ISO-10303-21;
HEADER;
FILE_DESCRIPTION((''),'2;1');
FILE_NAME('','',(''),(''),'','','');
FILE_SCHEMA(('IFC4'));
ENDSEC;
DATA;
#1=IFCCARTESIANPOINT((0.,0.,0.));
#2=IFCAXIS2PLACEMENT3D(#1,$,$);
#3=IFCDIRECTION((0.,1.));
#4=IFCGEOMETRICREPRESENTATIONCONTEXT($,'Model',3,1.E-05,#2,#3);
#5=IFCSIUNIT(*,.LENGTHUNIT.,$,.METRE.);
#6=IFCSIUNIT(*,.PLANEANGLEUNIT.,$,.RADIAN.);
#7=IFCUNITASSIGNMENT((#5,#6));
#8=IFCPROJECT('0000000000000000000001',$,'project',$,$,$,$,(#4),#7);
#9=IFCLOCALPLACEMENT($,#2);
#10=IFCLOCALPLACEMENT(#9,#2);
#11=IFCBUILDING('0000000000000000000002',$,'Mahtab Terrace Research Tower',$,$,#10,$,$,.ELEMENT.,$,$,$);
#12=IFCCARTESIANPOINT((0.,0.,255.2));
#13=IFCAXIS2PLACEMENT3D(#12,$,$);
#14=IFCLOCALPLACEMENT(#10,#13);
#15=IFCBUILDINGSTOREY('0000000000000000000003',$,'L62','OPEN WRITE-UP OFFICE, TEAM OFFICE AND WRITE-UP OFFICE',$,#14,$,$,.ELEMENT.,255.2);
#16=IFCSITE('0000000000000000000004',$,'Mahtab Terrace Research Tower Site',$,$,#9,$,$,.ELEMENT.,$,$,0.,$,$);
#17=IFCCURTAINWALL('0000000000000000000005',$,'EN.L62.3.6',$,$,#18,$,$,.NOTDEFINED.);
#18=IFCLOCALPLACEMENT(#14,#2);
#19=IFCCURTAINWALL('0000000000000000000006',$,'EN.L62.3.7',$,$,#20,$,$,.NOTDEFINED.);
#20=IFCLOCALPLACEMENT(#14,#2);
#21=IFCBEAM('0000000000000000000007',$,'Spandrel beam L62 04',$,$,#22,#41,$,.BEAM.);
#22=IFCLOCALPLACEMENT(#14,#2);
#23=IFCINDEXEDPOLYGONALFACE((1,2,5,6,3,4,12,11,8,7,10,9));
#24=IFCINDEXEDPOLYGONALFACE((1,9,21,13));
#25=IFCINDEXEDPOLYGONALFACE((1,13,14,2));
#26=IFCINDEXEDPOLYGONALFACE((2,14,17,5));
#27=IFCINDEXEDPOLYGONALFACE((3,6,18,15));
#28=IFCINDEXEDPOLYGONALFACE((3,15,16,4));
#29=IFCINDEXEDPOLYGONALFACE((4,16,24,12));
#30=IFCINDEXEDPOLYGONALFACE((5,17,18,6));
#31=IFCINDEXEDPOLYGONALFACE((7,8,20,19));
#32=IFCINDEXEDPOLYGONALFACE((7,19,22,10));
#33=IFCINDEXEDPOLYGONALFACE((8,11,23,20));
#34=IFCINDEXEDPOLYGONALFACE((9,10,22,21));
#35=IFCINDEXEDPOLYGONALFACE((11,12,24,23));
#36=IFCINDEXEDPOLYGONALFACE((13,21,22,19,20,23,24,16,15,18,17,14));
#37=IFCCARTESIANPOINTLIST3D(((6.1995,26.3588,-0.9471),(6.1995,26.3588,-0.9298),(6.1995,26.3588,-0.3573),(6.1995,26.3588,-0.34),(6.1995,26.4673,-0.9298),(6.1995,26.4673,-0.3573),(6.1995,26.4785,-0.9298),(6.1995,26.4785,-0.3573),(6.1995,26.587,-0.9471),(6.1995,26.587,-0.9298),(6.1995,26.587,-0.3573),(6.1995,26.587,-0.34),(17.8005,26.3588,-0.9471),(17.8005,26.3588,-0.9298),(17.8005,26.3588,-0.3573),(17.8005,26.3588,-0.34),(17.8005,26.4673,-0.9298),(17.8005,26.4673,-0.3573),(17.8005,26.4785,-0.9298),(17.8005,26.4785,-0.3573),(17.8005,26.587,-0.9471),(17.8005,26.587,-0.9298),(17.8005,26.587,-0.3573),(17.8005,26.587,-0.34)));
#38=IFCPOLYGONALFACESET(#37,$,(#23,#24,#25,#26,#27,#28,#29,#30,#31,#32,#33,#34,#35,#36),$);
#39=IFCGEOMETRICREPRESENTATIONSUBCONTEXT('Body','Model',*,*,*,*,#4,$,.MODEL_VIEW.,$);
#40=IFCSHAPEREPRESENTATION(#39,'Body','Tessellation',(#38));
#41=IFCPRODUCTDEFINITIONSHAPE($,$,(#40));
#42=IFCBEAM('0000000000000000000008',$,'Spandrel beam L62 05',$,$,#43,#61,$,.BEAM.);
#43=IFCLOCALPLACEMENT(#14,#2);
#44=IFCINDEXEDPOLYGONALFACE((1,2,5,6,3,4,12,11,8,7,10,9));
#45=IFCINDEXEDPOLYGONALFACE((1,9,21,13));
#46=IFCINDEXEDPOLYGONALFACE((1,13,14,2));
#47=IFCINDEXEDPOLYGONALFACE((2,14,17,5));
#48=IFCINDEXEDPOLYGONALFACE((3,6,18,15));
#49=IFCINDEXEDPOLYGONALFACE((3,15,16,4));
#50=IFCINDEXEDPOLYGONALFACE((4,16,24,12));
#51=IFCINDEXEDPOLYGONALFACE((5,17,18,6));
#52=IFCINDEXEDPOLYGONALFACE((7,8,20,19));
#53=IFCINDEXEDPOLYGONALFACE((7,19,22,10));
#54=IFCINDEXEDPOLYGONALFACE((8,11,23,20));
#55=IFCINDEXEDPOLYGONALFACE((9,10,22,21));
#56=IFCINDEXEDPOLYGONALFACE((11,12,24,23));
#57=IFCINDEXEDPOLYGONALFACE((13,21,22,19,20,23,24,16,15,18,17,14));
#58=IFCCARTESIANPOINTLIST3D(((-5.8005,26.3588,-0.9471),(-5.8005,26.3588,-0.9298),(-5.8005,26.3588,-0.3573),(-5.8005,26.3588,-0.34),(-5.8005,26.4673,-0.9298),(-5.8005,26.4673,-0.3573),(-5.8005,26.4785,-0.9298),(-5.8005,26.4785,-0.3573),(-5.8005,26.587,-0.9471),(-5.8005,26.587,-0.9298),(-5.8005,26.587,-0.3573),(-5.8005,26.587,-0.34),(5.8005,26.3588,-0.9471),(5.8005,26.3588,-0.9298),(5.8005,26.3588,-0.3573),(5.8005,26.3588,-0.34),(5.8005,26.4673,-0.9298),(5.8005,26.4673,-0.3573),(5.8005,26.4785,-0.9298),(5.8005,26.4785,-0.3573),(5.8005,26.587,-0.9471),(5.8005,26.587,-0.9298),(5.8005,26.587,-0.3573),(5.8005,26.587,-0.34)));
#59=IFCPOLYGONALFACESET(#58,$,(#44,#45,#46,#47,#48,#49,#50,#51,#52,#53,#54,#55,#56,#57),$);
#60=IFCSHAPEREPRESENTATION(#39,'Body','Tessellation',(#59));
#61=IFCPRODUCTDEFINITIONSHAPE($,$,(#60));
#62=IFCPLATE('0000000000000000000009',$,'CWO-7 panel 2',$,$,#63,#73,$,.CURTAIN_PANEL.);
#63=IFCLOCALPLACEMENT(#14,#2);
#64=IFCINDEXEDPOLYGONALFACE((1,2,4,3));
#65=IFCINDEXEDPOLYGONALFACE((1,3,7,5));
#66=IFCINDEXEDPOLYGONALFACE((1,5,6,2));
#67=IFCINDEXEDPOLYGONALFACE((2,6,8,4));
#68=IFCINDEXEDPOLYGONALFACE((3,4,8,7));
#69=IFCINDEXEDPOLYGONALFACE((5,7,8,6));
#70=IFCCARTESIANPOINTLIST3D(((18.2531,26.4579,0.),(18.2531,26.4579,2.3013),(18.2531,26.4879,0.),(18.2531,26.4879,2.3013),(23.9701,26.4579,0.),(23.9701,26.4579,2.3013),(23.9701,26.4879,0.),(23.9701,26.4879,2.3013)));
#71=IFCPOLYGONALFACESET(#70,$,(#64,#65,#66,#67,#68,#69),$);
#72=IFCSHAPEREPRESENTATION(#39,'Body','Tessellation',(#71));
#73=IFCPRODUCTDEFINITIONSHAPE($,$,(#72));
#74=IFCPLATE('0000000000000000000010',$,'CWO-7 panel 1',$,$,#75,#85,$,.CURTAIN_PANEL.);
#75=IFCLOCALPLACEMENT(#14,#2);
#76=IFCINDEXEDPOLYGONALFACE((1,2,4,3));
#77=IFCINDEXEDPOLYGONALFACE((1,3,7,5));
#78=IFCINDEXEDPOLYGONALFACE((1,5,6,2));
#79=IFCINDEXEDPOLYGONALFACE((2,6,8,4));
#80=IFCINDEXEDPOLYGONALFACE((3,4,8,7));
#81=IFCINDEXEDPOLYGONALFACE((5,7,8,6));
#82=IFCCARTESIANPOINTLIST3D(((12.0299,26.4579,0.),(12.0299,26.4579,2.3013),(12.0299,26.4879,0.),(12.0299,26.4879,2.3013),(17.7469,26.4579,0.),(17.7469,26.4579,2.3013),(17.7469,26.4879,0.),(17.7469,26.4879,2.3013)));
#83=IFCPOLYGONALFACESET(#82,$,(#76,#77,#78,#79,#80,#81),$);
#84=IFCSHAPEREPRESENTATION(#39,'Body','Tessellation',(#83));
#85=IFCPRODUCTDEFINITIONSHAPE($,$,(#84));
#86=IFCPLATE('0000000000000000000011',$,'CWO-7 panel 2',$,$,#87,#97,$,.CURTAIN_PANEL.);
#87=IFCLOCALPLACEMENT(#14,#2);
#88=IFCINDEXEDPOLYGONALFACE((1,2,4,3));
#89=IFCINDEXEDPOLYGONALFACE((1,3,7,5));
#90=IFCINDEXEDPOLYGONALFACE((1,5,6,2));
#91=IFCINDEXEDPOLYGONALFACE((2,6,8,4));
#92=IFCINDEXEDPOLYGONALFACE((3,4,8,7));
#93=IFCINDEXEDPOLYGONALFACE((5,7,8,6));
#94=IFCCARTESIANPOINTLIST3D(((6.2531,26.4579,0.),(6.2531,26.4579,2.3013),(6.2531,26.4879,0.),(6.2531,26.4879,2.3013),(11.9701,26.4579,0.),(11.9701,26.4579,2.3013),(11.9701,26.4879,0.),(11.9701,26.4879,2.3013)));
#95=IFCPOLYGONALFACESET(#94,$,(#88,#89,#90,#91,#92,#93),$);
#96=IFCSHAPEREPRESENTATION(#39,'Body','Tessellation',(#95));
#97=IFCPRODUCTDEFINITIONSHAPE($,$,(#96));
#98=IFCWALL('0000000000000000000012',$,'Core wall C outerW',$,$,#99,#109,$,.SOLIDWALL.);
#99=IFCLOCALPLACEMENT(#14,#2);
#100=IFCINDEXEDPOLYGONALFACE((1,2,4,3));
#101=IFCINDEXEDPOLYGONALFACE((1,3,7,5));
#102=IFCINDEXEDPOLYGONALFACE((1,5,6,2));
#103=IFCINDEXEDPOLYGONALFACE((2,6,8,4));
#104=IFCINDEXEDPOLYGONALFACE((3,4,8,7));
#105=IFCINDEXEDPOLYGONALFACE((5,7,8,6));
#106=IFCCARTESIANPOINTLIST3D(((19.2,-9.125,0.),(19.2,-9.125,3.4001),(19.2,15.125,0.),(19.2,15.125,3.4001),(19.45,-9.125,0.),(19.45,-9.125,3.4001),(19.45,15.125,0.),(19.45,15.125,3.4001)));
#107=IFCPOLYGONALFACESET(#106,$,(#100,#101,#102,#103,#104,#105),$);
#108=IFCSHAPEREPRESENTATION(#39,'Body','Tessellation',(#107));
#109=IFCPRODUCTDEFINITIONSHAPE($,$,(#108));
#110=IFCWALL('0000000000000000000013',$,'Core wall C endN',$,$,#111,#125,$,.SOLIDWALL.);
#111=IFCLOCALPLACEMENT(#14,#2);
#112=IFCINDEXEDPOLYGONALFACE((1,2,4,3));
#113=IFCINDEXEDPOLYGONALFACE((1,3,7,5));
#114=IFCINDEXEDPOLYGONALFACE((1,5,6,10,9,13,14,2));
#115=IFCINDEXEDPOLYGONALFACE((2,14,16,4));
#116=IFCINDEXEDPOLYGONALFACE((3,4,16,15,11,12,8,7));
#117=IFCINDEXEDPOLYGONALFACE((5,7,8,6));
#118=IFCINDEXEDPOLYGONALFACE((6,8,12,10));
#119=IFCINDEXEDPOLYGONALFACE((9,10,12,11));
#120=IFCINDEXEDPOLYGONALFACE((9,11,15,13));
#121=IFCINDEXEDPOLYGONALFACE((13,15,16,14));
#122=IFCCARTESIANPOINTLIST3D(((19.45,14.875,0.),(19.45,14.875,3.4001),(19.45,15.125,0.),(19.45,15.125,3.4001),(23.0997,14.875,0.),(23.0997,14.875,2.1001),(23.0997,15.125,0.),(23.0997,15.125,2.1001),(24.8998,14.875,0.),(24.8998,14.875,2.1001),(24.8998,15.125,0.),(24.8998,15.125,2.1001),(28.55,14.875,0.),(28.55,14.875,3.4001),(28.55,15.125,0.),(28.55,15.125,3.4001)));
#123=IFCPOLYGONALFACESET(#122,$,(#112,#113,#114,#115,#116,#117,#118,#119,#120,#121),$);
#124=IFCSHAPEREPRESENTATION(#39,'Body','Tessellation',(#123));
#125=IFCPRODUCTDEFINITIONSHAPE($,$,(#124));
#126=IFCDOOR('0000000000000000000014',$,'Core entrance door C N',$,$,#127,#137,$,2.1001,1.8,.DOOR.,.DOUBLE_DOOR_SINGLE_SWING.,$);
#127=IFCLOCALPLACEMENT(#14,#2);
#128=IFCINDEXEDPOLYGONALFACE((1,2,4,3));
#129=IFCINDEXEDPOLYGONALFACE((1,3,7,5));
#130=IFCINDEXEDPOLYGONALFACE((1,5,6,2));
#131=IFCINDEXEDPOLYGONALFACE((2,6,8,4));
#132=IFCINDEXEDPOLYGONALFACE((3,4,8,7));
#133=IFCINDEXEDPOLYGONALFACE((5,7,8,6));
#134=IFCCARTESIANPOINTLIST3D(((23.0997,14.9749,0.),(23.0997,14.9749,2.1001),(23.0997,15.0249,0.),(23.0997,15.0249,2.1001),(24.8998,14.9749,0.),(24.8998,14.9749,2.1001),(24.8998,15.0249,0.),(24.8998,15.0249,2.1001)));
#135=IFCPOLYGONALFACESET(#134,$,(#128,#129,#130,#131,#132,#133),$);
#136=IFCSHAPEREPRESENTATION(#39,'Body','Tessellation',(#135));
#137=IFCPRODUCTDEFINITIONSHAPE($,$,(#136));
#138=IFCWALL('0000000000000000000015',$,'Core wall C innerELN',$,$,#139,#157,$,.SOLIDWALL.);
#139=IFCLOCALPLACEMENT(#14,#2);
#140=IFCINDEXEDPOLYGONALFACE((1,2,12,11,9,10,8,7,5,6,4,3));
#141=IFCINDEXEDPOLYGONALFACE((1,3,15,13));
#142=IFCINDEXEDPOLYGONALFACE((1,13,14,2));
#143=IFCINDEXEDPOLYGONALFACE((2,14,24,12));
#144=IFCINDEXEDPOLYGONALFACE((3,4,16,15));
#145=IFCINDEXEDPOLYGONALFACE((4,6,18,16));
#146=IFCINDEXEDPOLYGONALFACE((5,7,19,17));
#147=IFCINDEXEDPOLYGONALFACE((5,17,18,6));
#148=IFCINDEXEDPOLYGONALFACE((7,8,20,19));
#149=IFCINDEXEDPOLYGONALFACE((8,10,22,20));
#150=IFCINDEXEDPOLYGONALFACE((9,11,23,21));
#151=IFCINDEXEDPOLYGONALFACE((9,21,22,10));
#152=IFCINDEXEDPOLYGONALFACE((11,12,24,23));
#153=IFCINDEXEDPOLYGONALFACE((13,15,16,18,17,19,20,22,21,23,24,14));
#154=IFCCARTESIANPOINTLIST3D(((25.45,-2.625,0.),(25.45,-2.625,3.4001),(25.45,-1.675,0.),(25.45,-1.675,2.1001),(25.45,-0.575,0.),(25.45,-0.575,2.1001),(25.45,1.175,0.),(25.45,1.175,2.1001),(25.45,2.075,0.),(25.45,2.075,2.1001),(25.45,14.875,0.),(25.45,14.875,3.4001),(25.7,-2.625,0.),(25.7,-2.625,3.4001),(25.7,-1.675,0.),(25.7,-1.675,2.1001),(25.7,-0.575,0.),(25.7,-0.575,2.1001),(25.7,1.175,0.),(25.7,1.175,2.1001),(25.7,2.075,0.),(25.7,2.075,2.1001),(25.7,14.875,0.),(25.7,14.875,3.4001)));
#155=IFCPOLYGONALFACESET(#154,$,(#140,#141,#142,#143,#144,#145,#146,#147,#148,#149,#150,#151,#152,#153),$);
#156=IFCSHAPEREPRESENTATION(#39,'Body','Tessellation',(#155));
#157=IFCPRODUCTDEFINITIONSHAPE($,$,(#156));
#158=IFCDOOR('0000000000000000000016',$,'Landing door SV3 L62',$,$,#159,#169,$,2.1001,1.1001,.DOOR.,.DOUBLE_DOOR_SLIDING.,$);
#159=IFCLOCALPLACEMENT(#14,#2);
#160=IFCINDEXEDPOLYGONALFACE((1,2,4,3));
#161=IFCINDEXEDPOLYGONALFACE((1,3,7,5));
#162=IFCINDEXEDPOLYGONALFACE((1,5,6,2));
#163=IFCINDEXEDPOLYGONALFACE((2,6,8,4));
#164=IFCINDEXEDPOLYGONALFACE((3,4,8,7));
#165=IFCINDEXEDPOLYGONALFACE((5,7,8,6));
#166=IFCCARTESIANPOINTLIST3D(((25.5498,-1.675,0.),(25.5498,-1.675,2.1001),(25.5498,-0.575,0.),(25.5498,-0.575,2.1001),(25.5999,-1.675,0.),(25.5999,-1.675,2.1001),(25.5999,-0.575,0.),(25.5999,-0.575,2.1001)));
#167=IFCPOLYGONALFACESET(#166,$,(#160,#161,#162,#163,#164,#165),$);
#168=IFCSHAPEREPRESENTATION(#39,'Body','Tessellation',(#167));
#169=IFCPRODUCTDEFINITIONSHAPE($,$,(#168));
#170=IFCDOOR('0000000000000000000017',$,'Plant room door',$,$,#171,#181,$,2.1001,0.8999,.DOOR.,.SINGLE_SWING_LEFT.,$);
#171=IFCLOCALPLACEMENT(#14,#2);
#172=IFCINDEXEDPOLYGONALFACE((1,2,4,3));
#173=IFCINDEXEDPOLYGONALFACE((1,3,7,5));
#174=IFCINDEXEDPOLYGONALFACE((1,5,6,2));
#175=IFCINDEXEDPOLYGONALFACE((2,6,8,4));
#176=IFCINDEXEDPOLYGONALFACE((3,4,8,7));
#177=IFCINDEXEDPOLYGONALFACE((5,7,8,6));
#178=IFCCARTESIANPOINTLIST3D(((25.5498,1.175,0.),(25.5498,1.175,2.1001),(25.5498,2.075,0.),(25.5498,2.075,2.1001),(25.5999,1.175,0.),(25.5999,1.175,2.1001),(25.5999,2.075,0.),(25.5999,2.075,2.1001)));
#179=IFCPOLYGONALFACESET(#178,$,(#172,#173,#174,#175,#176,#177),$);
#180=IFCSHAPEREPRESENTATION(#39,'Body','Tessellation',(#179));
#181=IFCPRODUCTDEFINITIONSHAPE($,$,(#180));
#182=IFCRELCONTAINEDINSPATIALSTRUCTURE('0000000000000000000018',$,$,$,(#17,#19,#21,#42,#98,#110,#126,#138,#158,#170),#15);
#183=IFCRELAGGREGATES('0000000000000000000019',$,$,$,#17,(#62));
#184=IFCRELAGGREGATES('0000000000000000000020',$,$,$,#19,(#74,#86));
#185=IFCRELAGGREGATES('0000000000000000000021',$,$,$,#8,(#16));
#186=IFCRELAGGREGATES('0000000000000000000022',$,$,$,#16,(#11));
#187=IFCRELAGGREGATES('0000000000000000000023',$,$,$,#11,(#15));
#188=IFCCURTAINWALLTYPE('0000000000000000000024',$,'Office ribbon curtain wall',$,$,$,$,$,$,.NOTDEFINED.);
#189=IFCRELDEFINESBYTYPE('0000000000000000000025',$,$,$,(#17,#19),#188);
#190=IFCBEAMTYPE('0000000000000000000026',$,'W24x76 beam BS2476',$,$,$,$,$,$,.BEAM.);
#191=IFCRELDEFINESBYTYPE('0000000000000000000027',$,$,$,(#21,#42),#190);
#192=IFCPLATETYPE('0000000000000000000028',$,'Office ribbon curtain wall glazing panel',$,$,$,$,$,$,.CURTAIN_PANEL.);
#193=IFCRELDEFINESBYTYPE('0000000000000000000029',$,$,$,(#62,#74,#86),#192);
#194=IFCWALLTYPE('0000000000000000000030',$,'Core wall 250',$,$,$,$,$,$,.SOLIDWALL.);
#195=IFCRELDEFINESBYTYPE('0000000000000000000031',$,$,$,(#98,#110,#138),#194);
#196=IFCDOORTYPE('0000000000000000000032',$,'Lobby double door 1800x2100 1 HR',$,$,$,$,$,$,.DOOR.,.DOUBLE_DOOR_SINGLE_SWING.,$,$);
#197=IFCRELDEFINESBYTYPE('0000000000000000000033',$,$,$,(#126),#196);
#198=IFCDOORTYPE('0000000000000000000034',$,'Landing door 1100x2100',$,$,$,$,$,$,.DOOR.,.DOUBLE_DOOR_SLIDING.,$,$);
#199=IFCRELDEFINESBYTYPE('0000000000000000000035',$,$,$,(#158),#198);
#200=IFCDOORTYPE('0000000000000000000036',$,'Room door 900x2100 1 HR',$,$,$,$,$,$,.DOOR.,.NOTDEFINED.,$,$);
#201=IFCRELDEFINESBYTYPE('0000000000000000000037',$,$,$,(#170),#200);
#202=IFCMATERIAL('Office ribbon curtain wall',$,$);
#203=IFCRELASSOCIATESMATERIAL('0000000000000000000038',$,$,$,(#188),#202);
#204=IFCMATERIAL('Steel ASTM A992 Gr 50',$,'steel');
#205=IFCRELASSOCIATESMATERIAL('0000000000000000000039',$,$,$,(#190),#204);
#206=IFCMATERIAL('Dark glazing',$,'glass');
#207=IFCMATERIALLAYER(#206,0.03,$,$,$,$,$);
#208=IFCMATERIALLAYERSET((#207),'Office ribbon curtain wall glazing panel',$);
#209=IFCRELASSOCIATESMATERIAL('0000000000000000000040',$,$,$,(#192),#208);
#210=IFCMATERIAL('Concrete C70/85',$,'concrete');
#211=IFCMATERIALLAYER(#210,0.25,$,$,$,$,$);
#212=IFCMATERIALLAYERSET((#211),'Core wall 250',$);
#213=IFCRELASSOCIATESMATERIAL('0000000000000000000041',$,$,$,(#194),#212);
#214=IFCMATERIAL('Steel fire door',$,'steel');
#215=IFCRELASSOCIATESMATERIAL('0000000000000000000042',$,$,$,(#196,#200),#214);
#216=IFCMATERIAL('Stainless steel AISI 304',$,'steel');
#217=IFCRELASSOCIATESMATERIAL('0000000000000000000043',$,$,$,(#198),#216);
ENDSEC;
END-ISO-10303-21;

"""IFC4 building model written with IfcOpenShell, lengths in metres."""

from ifc_helpers import new_model, si_unit, direction, frame, frame_2d, origin, origin_2d, place, context, subcontext, project, spatial, rectangle, i_section, extrude, material, layer, layer_set, material_profile, profile_set, type_object, element, fill, aggregate, save


model = new_model("IFC4")

# Units and contexts
model_context = context("Model", 3, precision=1e-05, world=origin(), true_north=direction((0.0, 1.0)))
body_context = subcontext(model_context, "Body", "Model", "MODEL_VIEW")
ifc_project = project(units=[si_unit("LENGTHUNIT", "METRE"), si_unit("PLANEANGLEUNIT", "RADIAN")], contexts=[model_context])

# Site, building, storey
site_placement = place(None, origin())
site = spatial("IfcSite", under=ifc_project, at=site_placement, Name="Mahtab Terrace Research Tower Site", CompositionType="ELEMENT", RefElevation=0.0)
building_placement = place(site_placement, origin())
building = spatial("IfcBuilding", under=site, at=building_placement, Name="Mahtab Terrace Research Tower", CompositionType="ELEMENT")
storey_placement = place(building_placement, frame((0.0, 0.0, 255.2)))
storey = spatial("IfcBuildingStorey", under=building, at=storey_placement, Name="L62", Description="OPEN WRITE-UP OFFICE, TEAM OFFICE AND WRITE-UP OFFICE", CompositionType="ELEMENT", Elevation=255.2)

# Shared definitions
ifc_material_1 = material(Name="Steel ASTM A992 Gr 50", Category="steel")

# Curtain walls
ifc_material_2 = material(Name="Office ribbon curtain wall")
curtain_wall_type = type_object("IfcCurtainWallType", Name="Office ribbon curtain wall", PredefinedType="NOTDEFINED", material=ifc_material_2)
curtain_wall_1_placement = place(storey_placement, origin())
curtain_wall_1 = element("IfcCurtainWall", 1, at=curtain_wall_1_placement, inside=storey, type_object=curtain_wall_type, Name="EN.L62.3.6", PredefinedType="NOTDEFINED")
curtain_wall_2_placement = place(storey_placement, origin())
curtain_wall_2 = element("IfcCurtainWall", 2, at=curtain_wall_2_placement, inside=storey, type_object=curtain_wall_type, Name="EN.L62.3.7", PredefinedType="NOTDEFINED")

# Beams
ifc_material_profile_1 = material_profile(ifc_material_1, i_section(OverallWidth=0.2283, OverallDepth=0.6072, WebThickness=0.0112, FlangeThickness=0.0173, at=origin_2d()), Name="W24X76")
ifc_profile_set_1 = profile_set([ifc_material_profile_1], Name="Steel ASTM A992 Gr 50")
beam_type = type_object("IfcBeamType", Name="W24x76 beam BS2476", PredefinedType="BEAM", material=ifc_profile_set_1)
for number, where, z_axis, x_axis, name in (
    (3, (17.8005, 26.4729, -0.6436), (-1.0, 0.0, 0.0), (0.0, -1.0, 0.0), "Spandrel beam L62 04"),
    (4, (5.8005, 26.4729, -0.6436), (-1.0, 0.0, 0.0), (0.0, -1.0, 0.0), "Spandrel beam L62 05"),
):
    element("IfcBeam", number, at=place(storey_placement, frame(where, z_axis=z_axis, x_axis=x_axis)), inside=storey, type_object=beam_type, Name=name, PredefinedType="BEAM", context=body_context, shape_type="SweptSolid", body=[
        extrude(i_section(OverallWidth=0.2283, OverallDepth=0.6072, WebThickness=0.0112, FlangeThickness=0.0173, at=origin_2d()), origin(), (0.0, 0.0, 1.0), 11.6011),
    ])

# Plates
ifc_material_3 = material(Name="Dark glazing", Category="glass")
ifc_layer_1 = layer(ifc_material_3, 0.03)
ifc_layer_set_1 = layer_set([ifc_layer_1], Name="Office ribbon curtain wall glazing panel")
plate_type = type_object("IfcPlateType", Name="Office ribbon curtain wall glazing panel", PredefinedType="CURTAIN_PANEL", material=ifc_layer_set_1)
plate_1_placement = place(storey_placement, frame((21.1116, 26.4729, 0.0), z_axis=(0.0, 0.0, 1.0), x_axis=(-1.0, 0.0, 0.0)))
plate_1 = element("IfcPlate", 5, at=plate_1_placement, type_object=plate_type, Name="CWO-7 panel 2", PredefinedType="CURTAIN_PANEL", context=body_context, shape_type="SweptSolid", body=[
    extrude(rectangle(XDim=5.717, YDim=0.03, at=origin_2d()), origin(), (0.0, 0.0, 1.0), 2.3013),
])
aggregate(curtain_wall_1, [plate_1])
plate_2_placement = place(storey_placement, frame((14.8884, 26.4729, 0.0), z_axis=(0.0, 0.0, 1.0), x_axis=(-1.0, 0.0, 0.0)))
plate_2 = element("IfcPlate", 6, at=plate_2_placement, type_object=plate_type, Name="CWO-7 panel 1", PredefinedType="CURTAIN_PANEL", context=body_context, shape_type="SweptSolid", body=[
    extrude(rectangle(XDim=5.717, YDim=0.03, at=origin_2d()), origin(), (0.0, 0.0, 1.0), 2.3013),
])
plate_3_placement = place(storey_placement, frame((9.1116, 26.4729, 0.0), z_axis=(0.0, 0.0, 1.0), x_axis=(-1.0, 0.0, 0.0)))
plate_3 = element("IfcPlate", 7, at=plate_3_placement, type_object=plate_type, Name="CWO-7 panel 2", PredefinedType="CURTAIN_PANEL", context=body_context, shape_type="SweptSolid", body=[
    extrude(rectangle(XDim=5.717, YDim=0.03, at=origin_2d()), origin(), (0.0, 0.0, 1.0), 2.3013),
])
aggregate(curtain_wall_2, [plate_2, plate_3])

# Wall
ifc_material_4 = material(Name="Concrete C70/85", Category="concrete")
ifc_layer_2 = layer(ifc_material_4, 0.25)
ifc_layer_set_2 = layer_set([ifc_layer_2], Name="Core wall 250")
wall_type_1 = type_object("IfcWallType", Name="Core wall 250", PredefinedType="SOLIDWALL", material=ifc_layer_set_2)
wall_1_placement = place(storey_placement, frame((19.325, 15.125, 0.0), z_axis=(0.0, 0.0, 1.0), x_axis=(0.0, -1.0, 0.0)))
element("IfcWall", 8, at=wall_1_placement, inside=storey, type_object=wall_type_1, Name="Core wall C outerW", PredefinedType="SOLIDWALL", context=body_context, shape_type="SweptSolid", body=[
    extrude(rectangle(XDim=24.25, YDim=0.25, at=frame_2d((12.125, 0.0))), origin(), (0.0, 0.0, 1.0), 3.4001),
])

# Wall, opening, door
wall_2_placement = place(storey_placement, frame((19.45, 15.0, 0.0), z_axis=(0.0, 0.0, 1.0), x_axis=(1.0, 0.0, 0.0)))
wall_2 = element("IfcWall", 9, at=wall_2_placement, inside=storey, type_object=wall_type_1, Name="Core wall C endN", PredefinedType="SOLIDWALL", context=body_context, shape_type="SweptSolid", body=[
    extrude(rectangle(XDim=9.1001, YDim=0.25, at=frame_2d((4.55, 0.0))), origin(), (0.0, 0.0, 1.0), 3.4001),
])
opening_1_placement = place(wall_2_placement, frame((3.6499, 0.0, 0.0)))
opening_1 = element("IfcOpeningElement", 10, at=opening_1_placement, cuts=wall_2, PredefinedType="OPENING", context=body_context, shape_type="SweptSolid", body=[
    extrude(rectangle(XDim=1.8, YDim=2.1001, at=frame_2d((0.8999, 1.05))), frame((0.0, 0.135, 0.0), z_axis=(0.0, -1.0, 0.0), x_axis=(1.0, 0.0, 0.0)), (0.0, 0.0, 1.0), 0.27),
])
ifc_material_5 = material(Name="Steel fire door", Category="steel")
door_type_1 = type_object("IfcDoorType", Name="Lobby double door 1800x2100 1 HR", OperationType="DOUBLE_DOOR_SINGLE_SWING", PredefinedType="DOOR", material=ifc_material_5)
door_1_placement = place(opening_1_placement, origin())
door_1 = element("IfcDoor", 11, at=door_1_placement, inside=storey, type_object=door_type_1, Name="Core entrance door C N", OperationType="DOUBLE_DOOR_SINGLE_SWING", OverallHeight=2.1001, OverallWidth=1.8, PredefinedType="DOOR", context=body_context, shape_type="SweptSolid", body=[
    extrude(rectangle(XDim=1.8, YDim=2.1001, at=frame_2d((0.8999, 1.05))), frame((0.0, 0.0249, 0.0), z_axis=(0.0, -1.0, 0.0), x_axis=(1.0, 0.0, 0.0)), (0.0, 0.0, 1.0), 0.05),
])
fill(opening_1, door_1)

# Wall, openings, doors
wall_3_placement = place(storey_placement, frame((25.575, 14.875, 0.0), z_axis=(0.0, 0.0, 1.0), x_axis=(0.0, -1.0, 0.0)))
wall_3 = element("IfcWall", 12, at=wall_3_placement, inside=storey, type_object=wall_type_1, Name="Core wall C innerELN", PredefinedType="SOLIDWALL", context=body_context, shape_type="SweptSolid", body=[
    extrude(rectangle(XDim=17.5, YDim=0.25, at=frame_2d((8.75, 0.0))), origin(), (0.0, 0.0, 1.0), 3.4001),
])
opening_2_placement = place(wall_3_placement, frame((15.45, 0.0, 0.0)))
opening_2 = element("IfcOpeningElement", 13, at=opening_2_placement, cuts=wall_3, PredefinedType="OPENING", context=body_context, shape_type="SweptSolid", body=[
    extrude(rectangle(XDim=1.1001, YDim=2.1001, at=frame_2d((0.55, 1.05))), frame((0.0, 0.135, 0.0), z_axis=(0.0, -1.0, 0.0), x_axis=(1.0, 0.0, 0.0)), (0.0, 0.0, 1.0), 0.27),
])
opening_3_placement = place(wall_3_placement, frame((12.8, 0.0, 0.0)))
opening_3 = element("IfcOpeningElement", 14, at=opening_3_placement, cuts=wall_3, PredefinedType="OPENING", context=body_context, shape_type="SweptSolid", body=[
    extrude(rectangle(XDim=0.8999, YDim=2.1001, at=frame_2d((0.45, 1.05))), frame((0.0, 0.135, 0.0), z_axis=(0.0, -1.0, 0.0), x_axis=(1.0, 0.0, 0.0)), (0.0, 0.0, 1.0), 0.27),
])
ifc_material_6 = material(Name="Stainless steel AISI 304", Category="steel")
door_type_2 = type_object("IfcDoorType", Name="Landing door 1100x2100", OperationType="DOUBLE_DOOR_SLIDING", PredefinedType="DOOR", material=ifc_material_6)
door_2_placement = place(opening_2_placement, origin())
door_2 = element("IfcDoor", 15, at=door_2_placement, inside=storey, type_object=door_type_2, Name="Landing door SV3 L62", OperationType="DOUBLE_DOOR_SLIDING", OverallHeight=2.1001, OverallWidth=1.1001, PredefinedType="DOOR", context=body_context, shape_type="SweptSolid", body=[
    extrude(rectangle(XDim=1.1001, YDim=2.1001, at=frame_2d((0.55, 1.05))), frame((0.0, 0.0249, 0.0), z_axis=(0.0, -1.0, 0.0), x_axis=(1.0, 0.0, 0.0)), (0.0, 0.0, 1.0), 0.05),
])
fill(opening_2, door_2)
door_type_3 = type_object("IfcDoorType", Name="Room door 900x2100 1 HR", OperationType="NOTDEFINED", PredefinedType="DOOR", material=ifc_material_5)
door_3_placement = place(opening_3_placement, origin())
door_3 = element("IfcDoor", 16, at=door_3_placement, inside=storey, type_object=door_type_3, Name="Plant room door", OperationType="SINGLE_SWING_LEFT", OverallHeight=2.1001, OverallWidth=0.8999, PredefinedType="DOOR", context=body_context, shape_type="SweptSolid", body=[
    extrude(rectangle(XDim=0.8999, YDim=2.1001, at=frame_2d((0.45, 1.05))), frame((0.0, 0.0249, 0.0), z_axis=(0.0, -1.0, 0.0), x_axis=(1.0, 0.0, 0.0)), (0.0, 0.0, 1.0), 0.05),
])
fill(opening_3, door_3)

save(model, "model.ifc")
